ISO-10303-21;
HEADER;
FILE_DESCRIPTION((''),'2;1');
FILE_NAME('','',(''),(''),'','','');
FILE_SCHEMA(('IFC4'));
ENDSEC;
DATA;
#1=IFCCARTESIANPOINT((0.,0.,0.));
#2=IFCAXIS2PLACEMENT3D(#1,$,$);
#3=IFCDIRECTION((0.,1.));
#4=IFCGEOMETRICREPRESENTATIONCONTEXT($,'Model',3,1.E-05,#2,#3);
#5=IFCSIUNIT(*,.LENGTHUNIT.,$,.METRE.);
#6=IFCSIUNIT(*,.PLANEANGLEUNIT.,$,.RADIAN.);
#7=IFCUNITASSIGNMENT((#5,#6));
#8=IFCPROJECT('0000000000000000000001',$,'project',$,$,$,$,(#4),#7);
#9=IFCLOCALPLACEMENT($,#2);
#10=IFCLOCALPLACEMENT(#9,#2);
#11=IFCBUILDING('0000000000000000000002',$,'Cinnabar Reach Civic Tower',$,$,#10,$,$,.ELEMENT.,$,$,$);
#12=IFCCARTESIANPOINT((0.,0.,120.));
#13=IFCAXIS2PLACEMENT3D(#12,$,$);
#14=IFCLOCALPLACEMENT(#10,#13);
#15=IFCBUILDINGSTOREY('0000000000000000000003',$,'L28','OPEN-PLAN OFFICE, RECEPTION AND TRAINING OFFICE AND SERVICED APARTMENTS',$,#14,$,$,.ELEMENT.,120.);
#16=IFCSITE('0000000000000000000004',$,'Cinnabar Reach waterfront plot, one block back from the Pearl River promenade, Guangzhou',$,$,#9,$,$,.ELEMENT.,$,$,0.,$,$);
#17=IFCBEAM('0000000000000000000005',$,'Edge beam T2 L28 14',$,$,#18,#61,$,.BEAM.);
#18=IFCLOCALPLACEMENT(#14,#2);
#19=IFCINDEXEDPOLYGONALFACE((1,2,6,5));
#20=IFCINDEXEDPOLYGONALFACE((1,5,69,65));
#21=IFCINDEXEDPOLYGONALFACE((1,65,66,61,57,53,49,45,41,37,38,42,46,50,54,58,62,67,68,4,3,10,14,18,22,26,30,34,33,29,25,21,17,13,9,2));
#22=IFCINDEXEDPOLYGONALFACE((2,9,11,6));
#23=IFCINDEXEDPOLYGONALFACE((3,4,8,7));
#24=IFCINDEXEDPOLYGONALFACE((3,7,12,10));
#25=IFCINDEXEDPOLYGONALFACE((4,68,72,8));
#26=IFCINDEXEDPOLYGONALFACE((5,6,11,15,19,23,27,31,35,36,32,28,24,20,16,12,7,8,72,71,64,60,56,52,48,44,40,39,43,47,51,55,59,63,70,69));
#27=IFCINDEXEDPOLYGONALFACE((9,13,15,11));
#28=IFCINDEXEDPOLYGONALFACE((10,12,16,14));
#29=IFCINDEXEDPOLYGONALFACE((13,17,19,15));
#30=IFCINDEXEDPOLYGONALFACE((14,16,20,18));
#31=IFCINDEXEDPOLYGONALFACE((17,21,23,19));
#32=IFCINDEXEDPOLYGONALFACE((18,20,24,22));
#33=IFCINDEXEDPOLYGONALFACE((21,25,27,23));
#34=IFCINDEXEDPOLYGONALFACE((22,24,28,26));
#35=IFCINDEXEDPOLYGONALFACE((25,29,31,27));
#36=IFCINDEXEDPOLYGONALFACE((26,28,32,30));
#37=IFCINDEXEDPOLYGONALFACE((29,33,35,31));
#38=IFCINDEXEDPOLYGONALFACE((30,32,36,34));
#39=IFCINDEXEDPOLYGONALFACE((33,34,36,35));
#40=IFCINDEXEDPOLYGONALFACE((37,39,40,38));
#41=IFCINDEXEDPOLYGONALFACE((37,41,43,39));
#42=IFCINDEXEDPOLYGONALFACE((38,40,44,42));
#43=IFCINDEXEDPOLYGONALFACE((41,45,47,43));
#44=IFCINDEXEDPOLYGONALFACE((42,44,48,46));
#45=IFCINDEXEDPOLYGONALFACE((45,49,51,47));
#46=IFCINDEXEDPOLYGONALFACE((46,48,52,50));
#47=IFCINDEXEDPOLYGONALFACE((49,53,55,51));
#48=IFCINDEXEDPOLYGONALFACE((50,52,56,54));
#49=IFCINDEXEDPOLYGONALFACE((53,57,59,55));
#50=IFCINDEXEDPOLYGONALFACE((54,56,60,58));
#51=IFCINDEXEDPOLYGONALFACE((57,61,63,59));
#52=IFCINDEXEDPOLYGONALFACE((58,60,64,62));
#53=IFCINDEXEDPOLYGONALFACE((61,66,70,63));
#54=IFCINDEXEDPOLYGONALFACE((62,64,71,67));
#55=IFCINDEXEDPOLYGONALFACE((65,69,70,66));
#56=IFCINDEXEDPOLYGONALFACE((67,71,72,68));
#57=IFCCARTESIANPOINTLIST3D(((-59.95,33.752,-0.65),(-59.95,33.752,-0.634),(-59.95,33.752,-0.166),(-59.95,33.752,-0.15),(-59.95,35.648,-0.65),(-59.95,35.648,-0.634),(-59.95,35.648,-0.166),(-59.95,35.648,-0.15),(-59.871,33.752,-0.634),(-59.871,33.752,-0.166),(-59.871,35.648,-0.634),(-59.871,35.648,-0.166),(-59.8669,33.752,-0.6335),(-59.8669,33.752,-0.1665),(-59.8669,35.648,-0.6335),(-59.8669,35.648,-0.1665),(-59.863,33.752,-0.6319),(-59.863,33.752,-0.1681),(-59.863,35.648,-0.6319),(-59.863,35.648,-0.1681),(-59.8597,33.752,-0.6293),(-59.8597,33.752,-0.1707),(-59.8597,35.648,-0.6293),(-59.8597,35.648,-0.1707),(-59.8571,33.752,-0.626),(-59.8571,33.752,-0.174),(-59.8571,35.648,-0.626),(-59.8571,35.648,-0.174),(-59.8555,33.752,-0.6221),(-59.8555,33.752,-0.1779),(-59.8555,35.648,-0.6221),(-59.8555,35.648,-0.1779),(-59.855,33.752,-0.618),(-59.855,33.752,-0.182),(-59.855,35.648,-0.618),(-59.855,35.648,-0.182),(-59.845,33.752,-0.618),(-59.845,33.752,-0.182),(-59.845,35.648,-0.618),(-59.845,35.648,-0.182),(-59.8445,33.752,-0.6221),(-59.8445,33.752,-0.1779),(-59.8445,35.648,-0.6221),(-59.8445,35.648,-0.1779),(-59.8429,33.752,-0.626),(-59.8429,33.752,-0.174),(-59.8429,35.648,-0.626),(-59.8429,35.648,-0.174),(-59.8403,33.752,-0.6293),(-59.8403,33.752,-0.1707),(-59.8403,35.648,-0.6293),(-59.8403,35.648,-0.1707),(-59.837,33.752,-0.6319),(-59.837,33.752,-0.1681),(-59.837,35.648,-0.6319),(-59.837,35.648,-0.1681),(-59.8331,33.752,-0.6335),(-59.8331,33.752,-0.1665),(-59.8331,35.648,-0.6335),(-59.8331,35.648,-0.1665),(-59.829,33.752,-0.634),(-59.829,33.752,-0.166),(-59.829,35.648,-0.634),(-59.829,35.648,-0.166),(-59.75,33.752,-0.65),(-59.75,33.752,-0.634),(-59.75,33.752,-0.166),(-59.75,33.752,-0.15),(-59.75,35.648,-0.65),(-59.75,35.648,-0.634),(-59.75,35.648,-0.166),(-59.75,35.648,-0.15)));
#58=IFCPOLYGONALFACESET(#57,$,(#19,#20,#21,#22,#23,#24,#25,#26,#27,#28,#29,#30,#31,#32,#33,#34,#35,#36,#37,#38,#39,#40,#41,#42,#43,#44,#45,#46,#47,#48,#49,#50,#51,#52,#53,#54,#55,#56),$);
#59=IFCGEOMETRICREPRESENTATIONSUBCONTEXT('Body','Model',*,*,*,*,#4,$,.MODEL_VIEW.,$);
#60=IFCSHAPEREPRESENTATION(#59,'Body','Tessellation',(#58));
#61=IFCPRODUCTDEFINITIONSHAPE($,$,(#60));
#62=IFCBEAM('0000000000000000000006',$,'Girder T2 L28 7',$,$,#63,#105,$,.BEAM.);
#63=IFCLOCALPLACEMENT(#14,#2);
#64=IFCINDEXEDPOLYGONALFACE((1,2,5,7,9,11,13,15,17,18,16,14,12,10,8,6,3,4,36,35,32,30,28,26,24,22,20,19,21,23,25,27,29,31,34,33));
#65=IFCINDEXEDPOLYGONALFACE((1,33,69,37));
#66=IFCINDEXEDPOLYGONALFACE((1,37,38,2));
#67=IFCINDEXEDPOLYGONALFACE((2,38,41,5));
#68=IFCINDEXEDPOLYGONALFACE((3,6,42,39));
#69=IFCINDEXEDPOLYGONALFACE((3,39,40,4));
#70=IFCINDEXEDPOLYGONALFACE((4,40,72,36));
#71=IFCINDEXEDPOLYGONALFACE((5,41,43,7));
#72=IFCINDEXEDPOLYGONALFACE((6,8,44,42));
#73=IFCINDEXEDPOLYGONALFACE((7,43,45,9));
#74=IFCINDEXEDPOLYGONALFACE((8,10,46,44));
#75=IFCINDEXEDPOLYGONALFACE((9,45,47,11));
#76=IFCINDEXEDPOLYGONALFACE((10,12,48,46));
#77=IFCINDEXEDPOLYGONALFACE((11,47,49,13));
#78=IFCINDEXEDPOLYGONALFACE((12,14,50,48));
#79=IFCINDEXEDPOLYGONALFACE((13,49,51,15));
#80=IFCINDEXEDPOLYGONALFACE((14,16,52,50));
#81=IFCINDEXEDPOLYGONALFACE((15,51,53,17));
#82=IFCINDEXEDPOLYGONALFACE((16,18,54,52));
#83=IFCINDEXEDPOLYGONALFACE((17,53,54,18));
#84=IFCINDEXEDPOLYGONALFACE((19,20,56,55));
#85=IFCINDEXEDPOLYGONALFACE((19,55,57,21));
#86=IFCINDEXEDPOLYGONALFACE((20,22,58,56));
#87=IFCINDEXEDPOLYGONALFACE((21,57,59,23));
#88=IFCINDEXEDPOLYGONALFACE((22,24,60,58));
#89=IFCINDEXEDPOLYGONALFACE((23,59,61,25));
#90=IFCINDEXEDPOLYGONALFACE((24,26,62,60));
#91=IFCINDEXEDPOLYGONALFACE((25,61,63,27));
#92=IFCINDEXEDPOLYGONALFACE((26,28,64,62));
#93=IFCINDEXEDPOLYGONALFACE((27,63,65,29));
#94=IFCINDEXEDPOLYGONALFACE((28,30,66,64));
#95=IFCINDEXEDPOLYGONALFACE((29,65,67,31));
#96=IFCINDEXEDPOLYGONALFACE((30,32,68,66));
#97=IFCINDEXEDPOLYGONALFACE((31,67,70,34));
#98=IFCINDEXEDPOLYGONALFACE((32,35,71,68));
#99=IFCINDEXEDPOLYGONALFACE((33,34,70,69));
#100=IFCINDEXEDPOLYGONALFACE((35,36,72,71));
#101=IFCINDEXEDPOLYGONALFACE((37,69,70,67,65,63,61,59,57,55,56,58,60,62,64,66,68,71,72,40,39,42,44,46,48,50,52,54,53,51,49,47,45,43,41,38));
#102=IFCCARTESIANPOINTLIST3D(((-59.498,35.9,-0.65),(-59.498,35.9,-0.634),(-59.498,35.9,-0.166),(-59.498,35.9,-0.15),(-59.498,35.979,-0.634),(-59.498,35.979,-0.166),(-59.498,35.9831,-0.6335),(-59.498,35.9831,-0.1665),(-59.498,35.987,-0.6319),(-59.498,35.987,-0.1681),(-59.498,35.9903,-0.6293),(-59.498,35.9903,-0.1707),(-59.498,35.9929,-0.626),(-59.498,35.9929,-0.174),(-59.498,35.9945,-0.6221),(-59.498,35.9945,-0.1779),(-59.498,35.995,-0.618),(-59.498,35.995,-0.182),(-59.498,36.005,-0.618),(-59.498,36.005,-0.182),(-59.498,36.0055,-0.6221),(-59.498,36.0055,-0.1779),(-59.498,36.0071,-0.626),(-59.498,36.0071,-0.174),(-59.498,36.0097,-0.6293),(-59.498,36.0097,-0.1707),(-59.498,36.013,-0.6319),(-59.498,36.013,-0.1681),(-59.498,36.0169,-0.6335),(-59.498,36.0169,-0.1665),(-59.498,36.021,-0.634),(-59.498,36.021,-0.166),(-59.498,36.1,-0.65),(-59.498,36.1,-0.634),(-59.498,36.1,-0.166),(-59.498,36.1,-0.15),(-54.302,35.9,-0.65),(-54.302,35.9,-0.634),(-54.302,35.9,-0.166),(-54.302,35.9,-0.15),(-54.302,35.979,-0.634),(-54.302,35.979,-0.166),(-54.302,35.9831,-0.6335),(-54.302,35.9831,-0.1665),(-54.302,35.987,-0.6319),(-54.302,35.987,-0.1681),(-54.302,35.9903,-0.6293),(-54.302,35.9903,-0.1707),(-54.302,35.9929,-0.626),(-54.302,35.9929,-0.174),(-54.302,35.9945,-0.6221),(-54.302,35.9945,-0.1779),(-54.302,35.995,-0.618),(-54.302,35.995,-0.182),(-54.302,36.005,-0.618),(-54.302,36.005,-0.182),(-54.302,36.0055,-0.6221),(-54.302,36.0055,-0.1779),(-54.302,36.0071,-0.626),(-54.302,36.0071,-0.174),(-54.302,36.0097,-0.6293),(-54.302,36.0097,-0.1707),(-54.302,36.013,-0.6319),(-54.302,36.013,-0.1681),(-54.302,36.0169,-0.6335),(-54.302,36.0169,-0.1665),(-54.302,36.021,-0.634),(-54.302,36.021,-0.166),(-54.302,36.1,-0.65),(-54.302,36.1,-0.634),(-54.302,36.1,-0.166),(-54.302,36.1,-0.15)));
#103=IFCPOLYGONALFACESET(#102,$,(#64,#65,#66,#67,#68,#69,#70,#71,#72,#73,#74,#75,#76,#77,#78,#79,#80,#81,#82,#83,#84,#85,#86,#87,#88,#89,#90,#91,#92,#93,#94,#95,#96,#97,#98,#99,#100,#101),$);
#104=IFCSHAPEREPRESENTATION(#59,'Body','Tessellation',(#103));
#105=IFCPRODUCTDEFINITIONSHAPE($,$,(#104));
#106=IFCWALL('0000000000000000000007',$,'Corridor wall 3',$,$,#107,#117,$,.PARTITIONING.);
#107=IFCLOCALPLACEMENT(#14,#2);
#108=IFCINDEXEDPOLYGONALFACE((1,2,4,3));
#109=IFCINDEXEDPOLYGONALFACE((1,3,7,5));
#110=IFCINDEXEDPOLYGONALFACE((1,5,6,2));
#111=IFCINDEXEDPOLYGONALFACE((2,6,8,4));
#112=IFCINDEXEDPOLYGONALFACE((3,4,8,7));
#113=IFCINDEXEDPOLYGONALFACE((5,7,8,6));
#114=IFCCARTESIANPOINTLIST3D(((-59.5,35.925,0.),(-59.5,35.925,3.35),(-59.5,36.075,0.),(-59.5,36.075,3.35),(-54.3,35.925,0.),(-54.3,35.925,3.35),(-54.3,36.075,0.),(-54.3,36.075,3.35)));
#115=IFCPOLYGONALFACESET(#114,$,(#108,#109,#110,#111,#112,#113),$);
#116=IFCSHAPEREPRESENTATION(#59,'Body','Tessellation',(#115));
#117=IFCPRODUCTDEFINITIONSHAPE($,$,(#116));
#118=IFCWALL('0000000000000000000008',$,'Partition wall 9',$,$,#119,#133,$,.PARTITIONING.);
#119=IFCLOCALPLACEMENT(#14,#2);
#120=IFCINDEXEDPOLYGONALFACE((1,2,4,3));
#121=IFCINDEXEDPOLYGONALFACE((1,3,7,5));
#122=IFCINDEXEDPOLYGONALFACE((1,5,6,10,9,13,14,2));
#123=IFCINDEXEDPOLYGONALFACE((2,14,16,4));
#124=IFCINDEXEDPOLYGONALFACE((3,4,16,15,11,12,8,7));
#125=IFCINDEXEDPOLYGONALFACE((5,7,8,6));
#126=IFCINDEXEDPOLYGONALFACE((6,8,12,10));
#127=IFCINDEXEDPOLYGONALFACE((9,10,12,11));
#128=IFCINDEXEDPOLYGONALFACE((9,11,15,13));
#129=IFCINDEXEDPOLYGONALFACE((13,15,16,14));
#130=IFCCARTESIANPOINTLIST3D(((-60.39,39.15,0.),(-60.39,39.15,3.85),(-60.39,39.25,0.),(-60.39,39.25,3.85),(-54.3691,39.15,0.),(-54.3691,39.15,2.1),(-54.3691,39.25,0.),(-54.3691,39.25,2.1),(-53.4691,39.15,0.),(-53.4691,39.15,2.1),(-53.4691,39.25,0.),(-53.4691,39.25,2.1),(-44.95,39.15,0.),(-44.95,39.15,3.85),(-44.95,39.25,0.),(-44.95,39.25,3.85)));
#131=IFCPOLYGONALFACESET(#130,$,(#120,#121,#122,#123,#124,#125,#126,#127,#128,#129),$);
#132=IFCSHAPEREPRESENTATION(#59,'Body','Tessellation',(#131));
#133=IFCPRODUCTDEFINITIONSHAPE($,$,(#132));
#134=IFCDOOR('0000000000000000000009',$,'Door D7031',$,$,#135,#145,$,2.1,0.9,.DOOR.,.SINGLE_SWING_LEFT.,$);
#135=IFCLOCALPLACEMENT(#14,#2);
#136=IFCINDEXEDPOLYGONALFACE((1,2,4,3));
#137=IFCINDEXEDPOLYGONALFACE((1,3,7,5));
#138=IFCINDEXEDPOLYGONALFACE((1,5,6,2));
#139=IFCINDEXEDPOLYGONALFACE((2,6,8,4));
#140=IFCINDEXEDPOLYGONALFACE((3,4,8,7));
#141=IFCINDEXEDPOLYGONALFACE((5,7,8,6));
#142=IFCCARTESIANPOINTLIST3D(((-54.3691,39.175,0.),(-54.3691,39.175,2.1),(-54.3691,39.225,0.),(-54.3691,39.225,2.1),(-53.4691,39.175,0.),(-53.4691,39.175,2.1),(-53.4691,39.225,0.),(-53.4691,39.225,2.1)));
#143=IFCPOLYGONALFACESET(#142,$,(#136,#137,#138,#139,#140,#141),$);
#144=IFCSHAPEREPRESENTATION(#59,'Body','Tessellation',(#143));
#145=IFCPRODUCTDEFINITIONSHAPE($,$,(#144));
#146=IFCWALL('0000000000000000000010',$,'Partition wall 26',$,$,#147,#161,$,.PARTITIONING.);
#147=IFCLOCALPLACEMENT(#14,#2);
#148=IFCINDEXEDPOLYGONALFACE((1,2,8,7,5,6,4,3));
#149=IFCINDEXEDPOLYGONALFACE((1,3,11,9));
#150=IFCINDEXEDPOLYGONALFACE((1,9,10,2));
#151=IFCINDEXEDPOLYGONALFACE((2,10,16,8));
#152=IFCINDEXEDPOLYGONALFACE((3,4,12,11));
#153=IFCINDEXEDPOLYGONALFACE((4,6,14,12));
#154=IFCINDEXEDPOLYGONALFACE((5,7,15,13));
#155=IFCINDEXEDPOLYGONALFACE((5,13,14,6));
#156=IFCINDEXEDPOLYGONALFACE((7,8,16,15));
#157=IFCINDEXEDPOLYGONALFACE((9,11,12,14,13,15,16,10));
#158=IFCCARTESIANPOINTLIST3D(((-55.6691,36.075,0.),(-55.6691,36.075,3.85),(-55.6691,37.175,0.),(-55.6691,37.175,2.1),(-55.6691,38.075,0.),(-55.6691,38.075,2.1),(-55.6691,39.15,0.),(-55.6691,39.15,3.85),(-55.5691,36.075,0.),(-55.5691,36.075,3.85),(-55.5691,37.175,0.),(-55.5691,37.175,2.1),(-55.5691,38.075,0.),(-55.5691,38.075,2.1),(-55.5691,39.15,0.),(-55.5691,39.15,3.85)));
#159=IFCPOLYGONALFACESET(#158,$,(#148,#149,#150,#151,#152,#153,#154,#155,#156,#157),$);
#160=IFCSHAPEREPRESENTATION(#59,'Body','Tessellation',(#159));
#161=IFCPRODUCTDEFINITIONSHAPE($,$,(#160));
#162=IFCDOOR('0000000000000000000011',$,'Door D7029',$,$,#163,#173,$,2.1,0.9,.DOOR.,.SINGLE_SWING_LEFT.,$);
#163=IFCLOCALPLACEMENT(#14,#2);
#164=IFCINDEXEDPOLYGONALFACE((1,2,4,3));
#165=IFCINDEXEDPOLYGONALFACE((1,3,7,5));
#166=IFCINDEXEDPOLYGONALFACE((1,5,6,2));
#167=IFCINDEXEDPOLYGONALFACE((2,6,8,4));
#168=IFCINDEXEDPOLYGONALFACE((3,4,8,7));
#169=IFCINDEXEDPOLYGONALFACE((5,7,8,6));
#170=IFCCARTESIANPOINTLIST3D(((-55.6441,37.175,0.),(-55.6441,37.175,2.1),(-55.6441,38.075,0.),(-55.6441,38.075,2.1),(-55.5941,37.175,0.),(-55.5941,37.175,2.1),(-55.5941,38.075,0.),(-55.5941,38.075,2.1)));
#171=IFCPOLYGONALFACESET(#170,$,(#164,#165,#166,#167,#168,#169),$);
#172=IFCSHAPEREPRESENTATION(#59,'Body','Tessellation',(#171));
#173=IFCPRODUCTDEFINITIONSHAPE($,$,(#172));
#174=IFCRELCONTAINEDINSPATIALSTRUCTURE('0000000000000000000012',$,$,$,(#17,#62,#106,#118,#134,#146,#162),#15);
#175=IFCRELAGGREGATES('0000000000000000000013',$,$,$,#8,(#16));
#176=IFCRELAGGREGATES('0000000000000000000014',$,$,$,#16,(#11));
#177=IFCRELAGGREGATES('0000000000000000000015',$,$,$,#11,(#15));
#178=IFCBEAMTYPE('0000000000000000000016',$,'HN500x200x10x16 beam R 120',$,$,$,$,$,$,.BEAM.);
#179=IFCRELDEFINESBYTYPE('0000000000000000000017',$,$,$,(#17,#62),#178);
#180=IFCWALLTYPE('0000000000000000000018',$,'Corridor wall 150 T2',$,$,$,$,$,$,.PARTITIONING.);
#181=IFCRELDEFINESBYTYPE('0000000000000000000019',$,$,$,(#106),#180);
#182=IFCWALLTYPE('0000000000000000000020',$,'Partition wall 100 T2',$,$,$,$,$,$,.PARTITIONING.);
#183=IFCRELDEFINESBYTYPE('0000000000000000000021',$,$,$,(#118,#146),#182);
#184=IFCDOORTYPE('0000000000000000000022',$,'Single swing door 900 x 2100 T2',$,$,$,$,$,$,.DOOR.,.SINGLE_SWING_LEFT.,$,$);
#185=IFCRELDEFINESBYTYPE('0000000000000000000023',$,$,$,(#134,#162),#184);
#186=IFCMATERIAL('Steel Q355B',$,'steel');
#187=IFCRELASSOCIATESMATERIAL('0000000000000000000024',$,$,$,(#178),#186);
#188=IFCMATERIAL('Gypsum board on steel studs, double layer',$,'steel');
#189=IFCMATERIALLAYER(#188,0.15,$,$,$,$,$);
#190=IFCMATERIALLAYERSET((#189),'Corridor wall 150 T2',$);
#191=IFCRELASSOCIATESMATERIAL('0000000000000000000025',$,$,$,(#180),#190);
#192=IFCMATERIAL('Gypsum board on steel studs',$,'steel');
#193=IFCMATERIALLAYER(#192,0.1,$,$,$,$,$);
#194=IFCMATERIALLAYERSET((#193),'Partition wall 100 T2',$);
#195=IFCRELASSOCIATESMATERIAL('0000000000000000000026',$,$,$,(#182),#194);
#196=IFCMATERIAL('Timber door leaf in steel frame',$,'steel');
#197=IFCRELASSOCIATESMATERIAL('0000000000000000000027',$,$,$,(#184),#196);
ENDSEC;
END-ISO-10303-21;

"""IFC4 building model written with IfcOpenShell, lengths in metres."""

from ifc_helpers import new_model, si_unit, direction, frame, frame_2d, origin, origin_2d, place, context, subcontext, project, spatial, rectangle, i_section, extrude, material, layer, layer_set, material_profile, profile_set, type_object, element, fill, save


model = new_model("IFC4")

# Units and contexts
model_context = context("Model", 3, precision=1e-05, world=origin(), true_north=direction((0.0, 1.0)))
body_context = subcontext(model_context, "Body", "Model", "MODEL_VIEW")
ifc_project = project(units=[si_unit("LENGTHUNIT", "METRE"), si_unit("PLANEANGLEUNIT", "RADIAN")], contexts=[model_context])

# Site, building, storey
site_placement = place(None, origin())
site = spatial("IfcSite", under=ifc_project, at=site_placement, Name="Cinnabar Reach waterfront plot, one block back from the Pearl River promenade, Guangzhou", CompositionType="ELEMENT", RefElevation=0.0)
building_placement = place(site_placement, origin())
building = spatial("IfcBuilding", under=site, at=building_placement, Name="Cinnabar Reach Civic Tower", CompositionType="ELEMENT")
storey_placement = place(building_placement, frame((0.0, 0.0, 120.0)))
storey = spatial("IfcBuildingStorey", under=building, at=storey_placement, Name="L28", Description="OPEN-PLAN OFFICE, RECEPTION AND TRAINING OFFICE AND SERVICED APARTMENTS", CompositionType="ELEMENT", Elevation=120.0)

# Beams
ifc_material_1 = material(Name="Steel Q355B", Category="steel")
ifc_material_profile_1 = material_profile(ifc_material_1, i_section(OverallWidth=0.2, OverallDepth=0.5, WebThickness=0.01, FlangeThickness=0.016, FilletRadius=0.016, at=origin_2d()), Name="HN500x200x10x16")
ifc_profile_set_1 = profile_set([ifc_material_profile_1], Name="Steel Q355B")
beam_type_1 = type_object("IfcBeamType", Name="HN500x200x10x16 beam R 120", PredefinedType="BEAM", material=ifc_profile_set_1)
beam_1_placement = place(storey_placement, frame((-59.85, 35.648, -0.4), z_axis=(0.0, -1.0, 0.0), x_axis=(1.0, 0.0, 0.0)))
element("IfcBeam", 1, at=beam_1_placement, inside=storey, type_object=beam_type_1, Name="Edge beam T2 L28 14", PredefinedType="BEAM", context=body_context, shape_type="SweptSolid", body=[
    extrude(i_section(OverallWidth=0.2, OverallDepth=0.5, WebThickness=0.01, FlangeThickness=0.016, FilletRadius=0.016, at=origin_2d()), origin(), (0.0, 0.0, 1.0), 1.896),
])
beam_2_placement = place(storey_placement, frame((-59.498, 36.0, -0.4), z_axis=(1.0, 0.0, 0.0), x_axis=(0.0, 1.0, 0.0)))
element("IfcBeam", 2, at=beam_2_placement, inside=storey, type_object=beam_type_1, Name="Girder T2 L28 7", PredefinedType="BEAM", context=body_context, shape_type="SweptSolid", body=[
    extrude(i_section(OverallWidth=0.2, OverallDepth=0.5, WebThickness=0.01, FlangeThickness=0.016, FilletRadius=0.016, at=origin_2d()), origin(), (0.0, 0.0, 1.0), 5.196),
])

# Wall
ifc_material_2 = material(Name="Gypsum board on steel studs, double layer", Category="steel")
ifc_layer_1 = layer(ifc_material_2, 0.15)
ifc_layer_set_1 = layer_set([ifc_layer_1], Name="Corridor wall 150 T2")
wall_type_1 = type_object("IfcWallType", Name="Corridor wall 150 T2", PredefinedType="PARTITIONING", material=ifc_layer_set_1)
wall_1_placement = place(storey_placement, frame((-59.5, 36.0, 0.0), z_axis=(0.0, 0.0, 1.0), x_axis=(1.0, 0.0, 0.0)))
element("IfcWall", 3, at=wall_1_placement, inside=storey, type_object=wall_type_1, Name="Corridor wall 3", PredefinedType="PARTITIONING", context=body_context, shape_type="SweptSolid", body=[
    extrude(rectangle(XDim=5.2, YDim=0.15, at=frame_2d((2.6, 0.0))), origin(), (0.0, 0.0, 1.0), 3.35),
])

# Walls, openings, doors
ifc_material_3 = material(Name="Gypsum board on steel studs", Category="steel")
ifc_layer_2 = layer(ifc_material_3, 0.1)
ifc_layer_set_2 = layer_set([ifc_layer_2], Name="Partition wall 100 T2")
wall_type_2 = type_object("IfcWallType", Name="Partition wall 100 T2", PredefinedType="PARTITIONING", material=ifc_layer_set_2)
wall_2_placement = place(storey_placement, frame((-60.39, 39.2, 0.0), z_axis=(0.0, 0.0, 1.0), x_axis=(1.0, 0.0, 0.0)))
wall_2 = element("IfcWall", 4, at=wall_2_placement, inside=storey, type_object=wall_type_2, Name="Partition wall 9", PredefinedType="PARTITIONING", context=body_context, shape_type="SweptSolid", body=[
    extrude(rectangle(XDim=15.44, YDim=0.1, at=frame_2d((7.72, 0.0))), origin(), (0.0, 0.0, 1.0), 3.85),
])
opening_1_placement = place(wall_2_placement, frame((6.0209, 0.0, 0.0)))
opening_1 = element("IfcOpeningElement", 5, at=opening_1_placement, cuts=wall_2, PredefinedType="OPENING", context=body_context, shape_type="SweptSolid", body=[
    extrude(rectangle(XDim=0.9, YDim=2.1, at=frame_2d((0.45, 1.05))), frame((0.0, 0.06, 0.0), z_axis=(0.0, -1.0, 0.0), x_axis=(1.0, 0.0, 0.0)), (0.0, 0.0, 1.0), 0.12),
])
ifc_material_4 = material(Name="Timber door leaf in steel frame", Category="steel")
door_type = type_object("IfcDoorType", Name="Single swing door 900 x 2100 T2", OperationType="SINGLE_SWING_LEFT", PredefinedType="DOOR", material=ifc_material_4)
door_1_placement = place(opening_1_placement, frame((0.9, 0.0, 0.0), z_axis=(0.0, 0.0, 1.0), x_axis=(-1.0, 0.0, 0.0)))
door_1 = element("IfcDoor", 6, at=door_1_placement, inside=storey, type_object=door_type, Name="Door D7031", OperationType="SINGLE_SWING_LEFT", OverallHeight=2.1, OverallWidth=0.9, PredefinedType="DOOR", context=body_context, shape_type="SweptSolid", body=[
    extrude(rectangle(XDim=0.9, YDim=2.1, at=frame_2d((0.45, 1.05))), frame((0.0, 0.025, 0.0), z_axis=(0.0, -1.0, 0.0), x_axis=(1.0, 0.0, 0.0)), (0.0, 0.0, 1.0), 0.05),
])
fill(opening_1, door_1)
wall_3_placement = place(storey_placement, frame((-55.6191, 36.075, 0.0), z_axis=(0.0, 0.0, 1.0), x_axis=(0.0, 1.0, 0.0)))
wall_3 = element("IfcWall", 7, at=wall_3_placement, inside=storey, type_object=wall_type_2, Name="Partition wall 26", PredefinedType="PARTITIONING", context=body_context, shape_type="SweptSolid", body=[
    extrude(rectangle(XDim=3.075, YDim=0.1, at=frame_2d((1.5375, 0.0))), origin(), (0.0, 0.0, 1.0), 3.85),
])
opening_2_placement = place(wall_3_placement, frame((1.1, 0.0, 0.0)))
opening_2 = element("IfcOpeningElement", 8, at=opening_2_placement, cuts=wall_3, PredefinedType="OPENING", context=body_context, shape_type="SweptSolid", body=[
    extrude(rectangle(XDim=0.9, YDim=2.1, at=frame_2d((0.45, 1.05))), frame((0.0, 0.06, 0.0), z_axis=(0.0, -1.0, 0.0), x_axis=(1.0, 0.0, 0.0)), (0.0, 0.0, 1.0), 0.12),
])
door_2_placement = place(opening_2_placement, origin())
door_2 = element("IfcDoor", 9, at=door_2_placement, inside=storey, type_object=door_type, Name="Door D7029", OperationType="SINGLE_SWING_LEFT", OverallHeight=2.1, OverallWidth=0.9, PredefinedType="DOOR", context=body_context, shape_type="SweptSolid", body=[
    extrude(rectangle(XDim=0.9, YDim=2.1, at=frame_2d((0.45, 1.05))), frame((0.0, 0.025, 0.0), z_axis=(0.0, -1.0, 0.0), x_axis=(1.0, 0.0, 0.0)), (0.0, 0.0, 1.0), 0.05),
])
fill(opening_2, door_2)

save(model, "model.ifc")
